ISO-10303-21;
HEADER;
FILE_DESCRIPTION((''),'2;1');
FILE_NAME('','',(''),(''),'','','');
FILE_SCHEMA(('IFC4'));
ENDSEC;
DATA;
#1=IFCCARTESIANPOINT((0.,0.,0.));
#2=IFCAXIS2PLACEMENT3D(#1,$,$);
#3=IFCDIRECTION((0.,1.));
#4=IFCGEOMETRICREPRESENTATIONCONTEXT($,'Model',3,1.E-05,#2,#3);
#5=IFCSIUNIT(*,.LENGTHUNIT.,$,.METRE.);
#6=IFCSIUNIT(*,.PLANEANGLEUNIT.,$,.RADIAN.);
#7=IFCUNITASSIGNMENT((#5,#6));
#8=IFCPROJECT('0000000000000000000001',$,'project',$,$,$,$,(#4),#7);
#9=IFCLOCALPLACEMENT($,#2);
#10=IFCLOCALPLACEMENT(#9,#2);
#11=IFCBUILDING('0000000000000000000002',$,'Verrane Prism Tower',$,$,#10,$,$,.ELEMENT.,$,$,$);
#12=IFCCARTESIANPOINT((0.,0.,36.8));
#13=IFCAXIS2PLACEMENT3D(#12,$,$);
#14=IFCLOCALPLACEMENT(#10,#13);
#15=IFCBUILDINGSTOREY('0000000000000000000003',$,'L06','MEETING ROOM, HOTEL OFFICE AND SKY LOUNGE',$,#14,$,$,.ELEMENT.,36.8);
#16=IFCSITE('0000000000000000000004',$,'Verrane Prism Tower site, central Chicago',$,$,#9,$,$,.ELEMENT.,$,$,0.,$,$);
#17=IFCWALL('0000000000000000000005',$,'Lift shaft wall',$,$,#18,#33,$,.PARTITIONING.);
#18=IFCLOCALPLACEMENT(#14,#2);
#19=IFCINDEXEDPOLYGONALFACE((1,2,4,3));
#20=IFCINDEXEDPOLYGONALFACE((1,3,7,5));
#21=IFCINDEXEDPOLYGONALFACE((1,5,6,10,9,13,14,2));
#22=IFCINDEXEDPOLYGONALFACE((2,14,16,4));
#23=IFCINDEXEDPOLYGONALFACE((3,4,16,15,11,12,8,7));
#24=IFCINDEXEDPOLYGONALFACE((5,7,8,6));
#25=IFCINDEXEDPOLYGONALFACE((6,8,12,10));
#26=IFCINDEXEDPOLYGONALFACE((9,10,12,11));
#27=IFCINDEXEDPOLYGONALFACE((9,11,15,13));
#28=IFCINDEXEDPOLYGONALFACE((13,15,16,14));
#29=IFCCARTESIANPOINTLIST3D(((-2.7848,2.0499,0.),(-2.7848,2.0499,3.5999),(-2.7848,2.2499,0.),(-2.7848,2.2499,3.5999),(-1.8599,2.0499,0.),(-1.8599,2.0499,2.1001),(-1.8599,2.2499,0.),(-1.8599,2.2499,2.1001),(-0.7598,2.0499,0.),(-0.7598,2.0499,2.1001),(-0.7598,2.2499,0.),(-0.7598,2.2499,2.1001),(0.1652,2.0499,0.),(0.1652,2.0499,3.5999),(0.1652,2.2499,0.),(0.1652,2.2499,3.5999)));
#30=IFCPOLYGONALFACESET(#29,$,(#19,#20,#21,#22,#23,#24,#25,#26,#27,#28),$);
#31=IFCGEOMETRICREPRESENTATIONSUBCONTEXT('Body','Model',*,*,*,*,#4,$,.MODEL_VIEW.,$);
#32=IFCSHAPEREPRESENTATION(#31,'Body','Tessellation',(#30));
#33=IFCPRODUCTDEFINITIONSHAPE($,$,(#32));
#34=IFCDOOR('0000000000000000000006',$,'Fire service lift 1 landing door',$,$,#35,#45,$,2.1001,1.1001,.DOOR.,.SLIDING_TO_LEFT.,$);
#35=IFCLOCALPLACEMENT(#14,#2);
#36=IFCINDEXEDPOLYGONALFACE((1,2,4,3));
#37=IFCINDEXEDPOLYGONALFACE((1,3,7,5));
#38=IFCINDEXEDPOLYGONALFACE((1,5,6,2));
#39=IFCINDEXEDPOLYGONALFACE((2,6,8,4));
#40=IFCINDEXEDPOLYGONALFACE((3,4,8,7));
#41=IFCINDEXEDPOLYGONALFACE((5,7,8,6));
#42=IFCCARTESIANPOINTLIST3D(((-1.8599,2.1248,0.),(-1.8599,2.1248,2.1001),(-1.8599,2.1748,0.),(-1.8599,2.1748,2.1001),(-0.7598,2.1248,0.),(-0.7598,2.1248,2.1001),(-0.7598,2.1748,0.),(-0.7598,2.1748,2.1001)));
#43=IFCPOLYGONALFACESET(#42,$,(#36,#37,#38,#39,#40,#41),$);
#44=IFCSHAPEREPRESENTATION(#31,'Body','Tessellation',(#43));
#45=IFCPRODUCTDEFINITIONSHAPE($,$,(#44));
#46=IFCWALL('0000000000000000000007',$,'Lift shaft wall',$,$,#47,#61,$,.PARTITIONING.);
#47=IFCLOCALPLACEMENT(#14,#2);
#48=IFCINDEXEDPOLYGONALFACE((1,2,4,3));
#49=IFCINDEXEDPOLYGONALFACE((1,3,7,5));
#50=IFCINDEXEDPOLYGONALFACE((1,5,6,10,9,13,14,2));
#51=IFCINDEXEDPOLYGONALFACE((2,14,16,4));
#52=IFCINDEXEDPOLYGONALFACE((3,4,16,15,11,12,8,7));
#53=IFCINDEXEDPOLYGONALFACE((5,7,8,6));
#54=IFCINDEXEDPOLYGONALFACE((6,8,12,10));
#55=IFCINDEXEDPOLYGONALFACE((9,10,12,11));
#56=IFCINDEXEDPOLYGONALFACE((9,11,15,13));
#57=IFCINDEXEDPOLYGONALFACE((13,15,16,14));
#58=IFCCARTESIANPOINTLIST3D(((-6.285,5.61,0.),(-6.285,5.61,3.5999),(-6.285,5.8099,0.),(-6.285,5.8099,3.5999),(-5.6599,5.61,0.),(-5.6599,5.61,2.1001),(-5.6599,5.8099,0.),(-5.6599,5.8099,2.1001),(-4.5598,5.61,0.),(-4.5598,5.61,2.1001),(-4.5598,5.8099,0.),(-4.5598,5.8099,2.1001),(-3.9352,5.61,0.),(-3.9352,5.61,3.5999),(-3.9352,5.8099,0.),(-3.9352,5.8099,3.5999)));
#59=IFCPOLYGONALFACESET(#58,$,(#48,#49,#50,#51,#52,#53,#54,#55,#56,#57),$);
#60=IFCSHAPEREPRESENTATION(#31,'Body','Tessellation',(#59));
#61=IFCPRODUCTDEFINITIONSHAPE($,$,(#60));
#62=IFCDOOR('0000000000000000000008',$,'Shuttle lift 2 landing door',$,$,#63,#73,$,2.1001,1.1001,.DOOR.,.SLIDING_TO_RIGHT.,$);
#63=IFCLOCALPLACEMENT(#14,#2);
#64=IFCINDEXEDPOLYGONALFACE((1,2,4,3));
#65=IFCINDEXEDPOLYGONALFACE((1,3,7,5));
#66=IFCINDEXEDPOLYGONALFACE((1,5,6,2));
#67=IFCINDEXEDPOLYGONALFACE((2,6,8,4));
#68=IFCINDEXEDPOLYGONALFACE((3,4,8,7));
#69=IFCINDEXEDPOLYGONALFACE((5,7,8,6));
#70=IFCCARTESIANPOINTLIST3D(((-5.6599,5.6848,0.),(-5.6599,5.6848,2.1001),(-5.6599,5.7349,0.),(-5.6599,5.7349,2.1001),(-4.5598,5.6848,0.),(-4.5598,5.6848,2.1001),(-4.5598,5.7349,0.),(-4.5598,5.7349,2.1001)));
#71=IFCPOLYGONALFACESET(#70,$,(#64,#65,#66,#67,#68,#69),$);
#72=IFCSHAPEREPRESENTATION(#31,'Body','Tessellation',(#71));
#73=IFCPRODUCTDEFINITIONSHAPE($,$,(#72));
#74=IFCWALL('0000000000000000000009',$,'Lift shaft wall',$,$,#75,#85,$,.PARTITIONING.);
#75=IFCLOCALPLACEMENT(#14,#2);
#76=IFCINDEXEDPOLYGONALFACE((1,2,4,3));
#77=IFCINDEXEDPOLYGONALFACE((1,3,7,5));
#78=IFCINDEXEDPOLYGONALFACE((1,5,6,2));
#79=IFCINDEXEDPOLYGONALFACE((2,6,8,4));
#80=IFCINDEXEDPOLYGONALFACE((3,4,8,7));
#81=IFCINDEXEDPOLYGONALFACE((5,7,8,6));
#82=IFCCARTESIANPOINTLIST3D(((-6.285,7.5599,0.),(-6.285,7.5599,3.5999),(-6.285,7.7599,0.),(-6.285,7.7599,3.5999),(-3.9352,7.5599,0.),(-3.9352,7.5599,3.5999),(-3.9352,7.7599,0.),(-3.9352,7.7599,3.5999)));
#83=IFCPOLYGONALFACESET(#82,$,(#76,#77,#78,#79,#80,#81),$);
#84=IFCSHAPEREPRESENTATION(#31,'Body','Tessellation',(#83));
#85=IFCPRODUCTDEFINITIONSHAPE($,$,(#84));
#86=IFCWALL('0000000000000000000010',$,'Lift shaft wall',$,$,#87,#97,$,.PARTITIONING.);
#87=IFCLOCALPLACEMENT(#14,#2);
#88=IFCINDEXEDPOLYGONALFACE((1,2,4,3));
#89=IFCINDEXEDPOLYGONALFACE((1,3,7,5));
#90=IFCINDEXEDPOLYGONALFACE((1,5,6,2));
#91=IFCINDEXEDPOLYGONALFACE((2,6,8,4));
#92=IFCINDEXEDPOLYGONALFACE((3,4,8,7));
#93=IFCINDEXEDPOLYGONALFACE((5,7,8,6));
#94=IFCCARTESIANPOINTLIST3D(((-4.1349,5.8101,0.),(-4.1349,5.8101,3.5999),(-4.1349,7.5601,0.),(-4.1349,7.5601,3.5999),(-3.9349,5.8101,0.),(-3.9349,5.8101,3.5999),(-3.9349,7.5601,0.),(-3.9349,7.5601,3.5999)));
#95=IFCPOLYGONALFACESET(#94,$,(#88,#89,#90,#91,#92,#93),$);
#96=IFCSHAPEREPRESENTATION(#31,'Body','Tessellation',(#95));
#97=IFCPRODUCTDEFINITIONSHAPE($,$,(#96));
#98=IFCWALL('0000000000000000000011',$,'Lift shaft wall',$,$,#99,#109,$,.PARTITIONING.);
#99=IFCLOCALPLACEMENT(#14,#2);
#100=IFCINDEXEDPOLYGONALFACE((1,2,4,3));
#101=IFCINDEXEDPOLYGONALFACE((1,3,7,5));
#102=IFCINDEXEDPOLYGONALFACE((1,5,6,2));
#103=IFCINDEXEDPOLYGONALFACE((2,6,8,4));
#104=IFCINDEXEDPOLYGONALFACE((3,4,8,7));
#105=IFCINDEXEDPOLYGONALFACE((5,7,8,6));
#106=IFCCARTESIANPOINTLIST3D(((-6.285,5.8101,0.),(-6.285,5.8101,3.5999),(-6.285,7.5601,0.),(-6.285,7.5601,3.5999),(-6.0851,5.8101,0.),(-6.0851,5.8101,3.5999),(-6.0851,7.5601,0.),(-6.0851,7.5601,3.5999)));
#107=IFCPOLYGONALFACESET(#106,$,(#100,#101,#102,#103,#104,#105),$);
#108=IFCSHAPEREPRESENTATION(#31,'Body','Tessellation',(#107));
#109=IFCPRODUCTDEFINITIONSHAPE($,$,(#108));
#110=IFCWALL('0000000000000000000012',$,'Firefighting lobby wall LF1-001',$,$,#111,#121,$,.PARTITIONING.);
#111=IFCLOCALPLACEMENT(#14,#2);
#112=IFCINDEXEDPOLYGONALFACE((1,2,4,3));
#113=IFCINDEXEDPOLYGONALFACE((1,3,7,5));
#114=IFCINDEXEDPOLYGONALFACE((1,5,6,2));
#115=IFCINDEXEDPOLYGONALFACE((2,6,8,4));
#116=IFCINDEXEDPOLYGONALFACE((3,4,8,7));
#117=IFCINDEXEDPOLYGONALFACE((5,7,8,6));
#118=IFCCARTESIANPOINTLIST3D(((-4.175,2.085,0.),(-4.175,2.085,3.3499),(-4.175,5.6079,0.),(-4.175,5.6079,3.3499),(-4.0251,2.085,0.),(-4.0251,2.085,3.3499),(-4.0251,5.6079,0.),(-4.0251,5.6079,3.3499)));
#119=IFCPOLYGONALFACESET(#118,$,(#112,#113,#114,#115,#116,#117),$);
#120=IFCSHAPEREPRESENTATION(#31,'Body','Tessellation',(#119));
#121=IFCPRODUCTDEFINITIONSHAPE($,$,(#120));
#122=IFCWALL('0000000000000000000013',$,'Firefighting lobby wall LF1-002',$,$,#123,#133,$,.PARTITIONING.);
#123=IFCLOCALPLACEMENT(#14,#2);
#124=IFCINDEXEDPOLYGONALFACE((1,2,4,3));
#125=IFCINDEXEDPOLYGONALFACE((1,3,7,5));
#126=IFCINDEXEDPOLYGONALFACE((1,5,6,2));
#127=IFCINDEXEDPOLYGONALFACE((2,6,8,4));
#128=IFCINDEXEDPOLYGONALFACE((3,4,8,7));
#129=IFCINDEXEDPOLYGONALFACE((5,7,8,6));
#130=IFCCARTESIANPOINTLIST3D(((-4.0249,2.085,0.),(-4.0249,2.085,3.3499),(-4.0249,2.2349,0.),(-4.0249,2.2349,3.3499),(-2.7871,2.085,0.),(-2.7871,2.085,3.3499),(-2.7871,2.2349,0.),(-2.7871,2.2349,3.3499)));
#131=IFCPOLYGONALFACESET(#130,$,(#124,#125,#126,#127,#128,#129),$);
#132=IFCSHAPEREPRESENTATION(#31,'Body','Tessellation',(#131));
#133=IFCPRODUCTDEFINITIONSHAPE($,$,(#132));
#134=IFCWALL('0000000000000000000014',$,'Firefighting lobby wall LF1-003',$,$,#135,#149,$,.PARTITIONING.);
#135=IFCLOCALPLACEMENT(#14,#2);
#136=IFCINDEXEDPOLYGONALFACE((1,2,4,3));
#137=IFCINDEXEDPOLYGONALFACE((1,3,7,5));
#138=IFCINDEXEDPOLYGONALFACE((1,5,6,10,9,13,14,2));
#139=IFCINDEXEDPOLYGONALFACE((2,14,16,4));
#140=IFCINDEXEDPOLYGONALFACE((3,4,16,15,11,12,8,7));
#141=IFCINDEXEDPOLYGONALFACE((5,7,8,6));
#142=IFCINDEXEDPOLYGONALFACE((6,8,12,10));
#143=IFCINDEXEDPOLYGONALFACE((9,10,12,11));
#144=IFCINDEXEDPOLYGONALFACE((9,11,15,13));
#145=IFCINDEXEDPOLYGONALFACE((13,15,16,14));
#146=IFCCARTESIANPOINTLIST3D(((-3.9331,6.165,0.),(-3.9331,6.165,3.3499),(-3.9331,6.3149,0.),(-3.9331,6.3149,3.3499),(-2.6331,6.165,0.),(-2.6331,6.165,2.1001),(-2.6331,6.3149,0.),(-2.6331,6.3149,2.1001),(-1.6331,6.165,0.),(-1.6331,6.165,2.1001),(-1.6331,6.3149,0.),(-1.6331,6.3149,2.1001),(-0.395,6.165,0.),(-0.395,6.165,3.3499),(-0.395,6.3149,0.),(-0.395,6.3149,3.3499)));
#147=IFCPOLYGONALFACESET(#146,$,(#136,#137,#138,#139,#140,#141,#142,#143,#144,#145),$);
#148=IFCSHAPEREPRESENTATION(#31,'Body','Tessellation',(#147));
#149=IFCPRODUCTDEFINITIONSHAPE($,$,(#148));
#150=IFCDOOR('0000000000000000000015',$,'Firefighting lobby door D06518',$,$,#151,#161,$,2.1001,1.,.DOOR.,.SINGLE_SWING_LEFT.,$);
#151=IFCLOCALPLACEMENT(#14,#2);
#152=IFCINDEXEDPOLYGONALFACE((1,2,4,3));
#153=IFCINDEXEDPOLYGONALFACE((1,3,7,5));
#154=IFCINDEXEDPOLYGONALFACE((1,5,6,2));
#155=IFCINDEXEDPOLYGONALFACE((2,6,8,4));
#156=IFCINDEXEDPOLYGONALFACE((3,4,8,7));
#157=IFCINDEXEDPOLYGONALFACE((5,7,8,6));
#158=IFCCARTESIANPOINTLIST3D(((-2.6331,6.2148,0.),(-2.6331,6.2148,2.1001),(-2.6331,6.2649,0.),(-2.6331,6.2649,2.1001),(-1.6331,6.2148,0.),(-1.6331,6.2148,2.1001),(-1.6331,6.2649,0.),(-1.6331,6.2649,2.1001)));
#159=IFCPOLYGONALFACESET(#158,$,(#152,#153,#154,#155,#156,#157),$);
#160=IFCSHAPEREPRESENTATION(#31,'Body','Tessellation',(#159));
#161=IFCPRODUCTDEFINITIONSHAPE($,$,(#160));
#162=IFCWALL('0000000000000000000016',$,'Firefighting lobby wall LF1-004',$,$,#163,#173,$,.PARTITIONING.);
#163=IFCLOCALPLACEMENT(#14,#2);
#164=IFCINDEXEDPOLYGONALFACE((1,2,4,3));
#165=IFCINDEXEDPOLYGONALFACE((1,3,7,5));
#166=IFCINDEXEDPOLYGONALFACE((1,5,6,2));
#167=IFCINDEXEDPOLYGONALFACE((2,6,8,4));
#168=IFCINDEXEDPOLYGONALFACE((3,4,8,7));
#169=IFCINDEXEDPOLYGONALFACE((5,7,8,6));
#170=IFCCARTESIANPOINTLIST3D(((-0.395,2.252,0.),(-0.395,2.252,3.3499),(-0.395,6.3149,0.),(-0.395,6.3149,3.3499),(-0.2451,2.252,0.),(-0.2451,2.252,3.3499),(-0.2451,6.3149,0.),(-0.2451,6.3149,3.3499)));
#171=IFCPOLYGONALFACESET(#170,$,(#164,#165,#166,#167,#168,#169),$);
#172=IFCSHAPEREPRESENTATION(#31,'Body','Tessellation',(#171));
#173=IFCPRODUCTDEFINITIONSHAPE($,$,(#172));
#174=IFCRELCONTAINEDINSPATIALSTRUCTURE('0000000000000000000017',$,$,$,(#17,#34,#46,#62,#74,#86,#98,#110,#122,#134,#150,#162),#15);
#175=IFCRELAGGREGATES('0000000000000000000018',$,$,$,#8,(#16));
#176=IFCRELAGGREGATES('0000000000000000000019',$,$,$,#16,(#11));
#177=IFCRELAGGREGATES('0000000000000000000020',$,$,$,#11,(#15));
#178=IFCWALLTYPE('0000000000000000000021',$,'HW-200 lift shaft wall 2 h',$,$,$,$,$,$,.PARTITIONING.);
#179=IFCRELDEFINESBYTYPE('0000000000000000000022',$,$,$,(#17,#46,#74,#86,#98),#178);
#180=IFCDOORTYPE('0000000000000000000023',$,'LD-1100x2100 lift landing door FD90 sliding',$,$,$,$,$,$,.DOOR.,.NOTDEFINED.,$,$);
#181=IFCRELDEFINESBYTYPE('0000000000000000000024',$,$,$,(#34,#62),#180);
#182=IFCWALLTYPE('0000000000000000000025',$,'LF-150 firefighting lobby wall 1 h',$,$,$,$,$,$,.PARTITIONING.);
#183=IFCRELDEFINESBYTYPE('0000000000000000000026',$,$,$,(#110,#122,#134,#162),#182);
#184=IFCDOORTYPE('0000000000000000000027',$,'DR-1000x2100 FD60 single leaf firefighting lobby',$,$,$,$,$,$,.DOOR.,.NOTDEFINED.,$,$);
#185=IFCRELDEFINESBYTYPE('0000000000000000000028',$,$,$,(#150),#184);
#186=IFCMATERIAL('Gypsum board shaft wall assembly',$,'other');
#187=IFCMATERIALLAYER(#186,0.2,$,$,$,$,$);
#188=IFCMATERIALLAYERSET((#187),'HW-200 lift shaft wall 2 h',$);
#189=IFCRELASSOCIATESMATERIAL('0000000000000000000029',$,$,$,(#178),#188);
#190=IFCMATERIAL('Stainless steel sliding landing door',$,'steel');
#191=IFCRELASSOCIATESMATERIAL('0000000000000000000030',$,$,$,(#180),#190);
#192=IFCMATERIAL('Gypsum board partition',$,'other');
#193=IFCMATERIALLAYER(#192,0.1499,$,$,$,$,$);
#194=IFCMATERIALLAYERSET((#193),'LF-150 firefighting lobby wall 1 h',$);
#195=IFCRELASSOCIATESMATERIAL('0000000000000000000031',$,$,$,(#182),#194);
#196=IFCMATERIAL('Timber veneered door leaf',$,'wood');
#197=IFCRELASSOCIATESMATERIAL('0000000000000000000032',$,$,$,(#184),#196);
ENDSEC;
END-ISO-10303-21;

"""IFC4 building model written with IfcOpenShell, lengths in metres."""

from ifc_helpers import new_model, si_unit, direction, frame, frame_2d, origin, place, context, subcontext, project, spatial, rectangle, extrude, material, layer, layer_set, type_object, element, fill, save


model = new_model("IFC4")

# Units and contexts
model_context = context("Model", 3, precision=1e-05, world=origin(), true_north=direction((0.0, 1.0)))
body_context = subcontext(model_context, "Body", "Model", "MODEL_VIEW")
ifc_project = project(units=[si_unit("LENGTHUNIT", "METRE"), si_unit("PLANEANGLEUNIT", "RADIAN")], contexts=[model_context])

# Site, building, storey
site_placement = place(None, origin())
site = spatial("IfcSite", under=ifc_project, at=site_placement, Name="Verrane Prism Tower site, central Chicago", CompositionType="ELEMENT", RefElevation=0.0)
building_placement = place(site_placement, origin())
building = spatial("IfcBuilding", under=site, at=building_placement, Name="Verrane Prism Tower", CompositionType="ELEMENT")
storey_placement = place(building_placement, frame((0.0, 0.0, 36.8)))
storey = spatial("IfcBuildingStorey", under=building, at=storey_placement, Name="L06", Description="MEETING ROOM, HOTEL OFFICE AND SKY LOUNGE", CompositionType="ELEMENT", Elevation=36.8)

# Walls, openings, doors
ifc_material_1 = material(Name="Gypsum board shaft wall assembly", Category="other")
ifc_layer_1 = layer(ifc_material_1, 0.2)
ifc_layer_set_1 = layer_set([ifc_layer_1], Name="HW-200 lift shaft wall 2 h")
wall_type_1 = type_object("IfcWallType", Name="HW-200 lift shaft wall 2 h", PredefinedType="PARTITIONING", material=ifc_layer_set_1)
wall_1_placement = place(storey_placement, frame((-2.7849, 2.1499, 0.0), z_axis=(0.0, 0.0, 1.0), x_axis=(1.0, 0.0, 0.0)))
wall_1 = element("IfcWall", 1, at=wall_1_placement, inside=storey, type_object=wall_type_1, Name="Lift shaft wall", PredefinedType="PARTITIONING", context=body_context, shape_type="SweptSolid", body=[
    extrude(rectangle(XDim=2.95, YDim=0.2, at=frame_2d((1.4751, 0.0))), origin(), (0.0, 0.0, 1.0), 3.5999),
])
opening_1_placement = place(wall_1_placement, frame((0.925, 0.0, 0.0)))
opening_1 = element("IfcOpeningElement", 2, at=opening_1_placement, cuts=wall_1, PredefinedType="OPENING", context=body_context, shape_type="SweptSolid", body=[
    extrude(rectangle(XDim=1.1001, YDim=2.1001, at=frame_2d((0.55, 1.05))), frame((0.0, 0.1099, 0.0), z_axis=(0.0, -1.0, 0.0), x_axis=(1.0, 0.0, 0.0)), (0.0, 0.0, 1.0), 0.22),
])
ifc_material_2 = material(Name="Stainless steel sliding landing door", Category="steel")
door_type_1 = type_object("IfcDoorType", Name="LD-1100x2100 lift landing door FD90 sliding", OperationType="NOTDEFINED", PredefinedType="DOOR", material=ifc_material_2)
door_1_placement = place(opening_1_placement, origin())
door_1 = element("IfcDoor", 3, at=door_1_placement, inside=storey, type_object=door_type_1, Name="Fire service lift 1 landing door", OperationType="SLIDING_TO_LEFT", OverallHeight=2.1001, OverallWidth=1.1001, PredefinedType="DOOR", context=body_context, shape_type="SweptSolid", body=[
    extrude(rectangle(XDim=1.1001, YDim=2.1001, at=frame_2d((0.55, 1.05))), frame((0.0, 0.0249, 0.0), z_axis=(0.0, -1.0, 0.0), x_axis=(1.0, 0.0, 0.0)), (0.0, 0.0, 1.0), 0.05),
])
fill(opening_1, door_1)
wall_2_placement = place(storey_placement, frame((-6.2849, 5.71, 0.0), z_axis=(0.0, 0.0, 1.0), x_axis=(1.0, 0.0, 0.0)))
wall_2 = element("IfcWall", 4, at=wall_2_placement, inside=storey, type_object=wall_type_1, Name="Lift shaft wall", PredefinedType="PARTITIONING", context=body_context, shape_type="SweptSolid", body=[
    extrude(rectangle(XDim=2.3499, YDim=0.2, at=frame_2d((1.1748, 0.0))), origin(), (0.0, 0.0, 1.0), 3.5999),
])
opening_2_placement = place(wall_2_placement, frame((0.625, 0.0, 0.0)))
opening_2 = element("IfcOpeningElement", 5, at=opening_2_placement, cuts=wall_2, PredefinedType="OPENING", context=body_context, shape_type="SweptSolid", body=[
    extrude(rectangle(XDim=1.1001, YDim=2.1001, at=frame_2d((0.55, 1.05))), frame((0.0, 0.1099, 0.0), z_axis=(0.0, -1.0, 0.0), x_axis=(1.0, 0.0, 0.0)), (0.0, 0.0, 1.0), 0.22),
])
door_2_placement = place(opening_2_placement, origin())
door_2 = element("IfcDoor", 6, at=door_2_placement, inside=storey, type_object=door_type_1, Name="Shuttle lift 2 landing door", OperationType="SLIDING_TO_RIGHT", OverallHeight=2.1001, OverallWidth=1.1001, PredefinedType="DOOR", context=body_context, shape_type="SweptSolid", body=[
    extrude(rectangle(XDim=1.1001, YDim=2.1001, at=frame_2d((0.55, 1.05))), frame((0.0, 0.0249, 0.0), z_axis=(0.0, -1.0, 0.0), x_axis=(1.0, 0.0, 0.0)), (0.0, 0.0, 1.0), 0.05),
])
fill(opening_2, door_2)

# Walls
wall_3_placement = place(storey_placement, frame((-6.2849, 7.6599, 0.0), z_axis=(0.0, 0.0, 1.0), x_axis=(1.0, 0.0, 0.0)))
element("IfcWall", 7, at=wall_3_placement, inside=storey, type_object=wall_type_1, Name="Lift shaft wall", PredefinedType="PARTITIONING", context=body_context, shape_type="SweptSolid", body=[
    extrude(rectangle(XDim=2.3499, YDim=0.2, at=frame_2d((1.1748, 0.0))), origin(), (0.0, 0.0, 1.0), 3.5999),
])
for number, where, z_axis, x_axis, name in (
    (8, (-4.0349, 5.8101, 0.0), (0.0, 0.0, 1.0), (0.0, 1.0, 0.0), "Lift shaft wall"),
    (9, (-6.1851, 5.8101, 0.0), (0.0, 0.0, 1.0), (0.0, 1.0, 0.0), "Lift shaft wall"),
):
    element("IfcWall", number, at=place(storey_placement, frame(where, z_axis=z_axis, x_axis=x_axis)), inside=storey, type_object=wall_type_1, Name=name, PredefinedType="PARTITIONING", context=body_context, shape_type="SweptSolid", body=[
        extrude(rectangle(XDim=1.75, YDim=0.2, at=frame_2d((0.875, 0.0))), origin(), (0.0, 0.0, 1.0), 3.5999),
    ])
ifc_material_3 = material(Name="Gypsum board partition", Category="other")
ifc_layer_2 = layer(ifc_material_3, 0.1499)
ifc_layer_set_2 = layer_set([ifc_layer_2], Name="LF-150 firefighting lobby wall 1 h")
wall_type_2 = type_object("IfcWallType", Name="LF-150 firefighting lobby wall 1 h", PredefinedType="PARTITIONING", material=ifc_layer_set_2)
wall_4_placement = place(storey_placement, frame((-4.1001, 2.085, 0.0), z_axis=(0.0, 0.0, 1.0), x_axis=(0.0, 1.0, 0.0)))
element("IfcWall", 10, at=wall_4_placement, inside=storey, type_object=wall_type_2, Name="Firefighting lobby wall LF1-001", PredefinedType="PARTITIONING", context=body_context, shape_type="SweptSolid", body=[
    extrude(rectangle(XDim=3.5229, YDim=0.1499, at=frame_2d((1.7615, 0.0))), origin(), (0.0, 0.0, 1.0), 3.3499),
])
wall_5_placement = place(storey_placement, frame((-4.0249, 2.1599, 0.0), z_axis=(0.0, 0.0, 1.0), x_axis=(1.0, 0.0, 0.0)))
element("IfcWall", 11, at=wall_5_placement, inside=storey, type_object=wall_type_2, Name="Firefighting lobby wall LF1-002", PredefinedType="PARTITIONING", context=body_context, shape_type="SweptSolid", body=[
    extrude(rectangle(XDim=1.2378, YDim=0.1499, at=frame_2d((0.6189, 0.0))), origin(), (0.0, 0.0, 1.0), 3.3499),
])

# Wall, opening, door
wall_6_placement = place(storey_placement, frame((-3.9331, 6.24, 0.0), z_axis=(0.0, 0.0, 1.0), x_axis=(1.0, 0.0, 0.0)))
wall_6 = element("IfcWall", 12, at=wall_6_placement, inside=storey, type_object=wall_type_2, Name="Firefighting lobby wall LF1-003", PredefinedType="PARTITIONING", context=body_context, shape_type="SweptSolid", body=[
    extrude(rectangle(XDim=3.5381, YDim=0.1499, at=frame_2d((1.769, 0.0))), origin(), (0.0, 0.0, 1.0), 3.3499),
])
opening_3_placement = place(wall_6_placement, frame((1.3, 0.0, 0.0)))
opening_3 = element("IfcOpeningElement", 13, at=opening_3_placement, cuts=wall_6, PredefinedType="OPENING", context=body_context, shape_type="SweptSolid", body=[
    extrude(rectangle(XDim=1.0, YDim=2.1001, at=frame_2d((0.5, 1.05))), frame((0.0, 0.085, 0.0), z_axis=(0.0, -1.0, 0.0), x_axis=(1.0, 0.0, 0.0)), (0.0, 0.0, 1.0), 0.1699),
])
ifc_material_4 = material(Name="Timber veneered door leaf", Category="wood")
door_type_2 = type_object("IfcDoorType", Name="DR-1000x2100 FD60 single leaf firefighting lobby", OperationType="NOTDEFINED", PredefinedType="DOOR", material=ifc_material_4)
door_3_placement = place(opening_3_placement, origin())
door_3 = element("IfcDoor", 14, at=door_3_placement, inside=storey, type_object=door_type_2, Name="Firefighting lobby door D06518", OperationType="SINGLE_SWING_LEFT", OverallHeight=2.1001, OverallWidth=1.0, PredefinedType="DOOR", context=body_context, shape_type="SweptSolid", body=[
    extrude(rectangle(XDim=1.0, YDim=2.1001, at=frame_2d((0.5, 1.05))), frame((0.0, 0.0249, 0.0), z_axis=(0.0, -1.0, 0.0), x_axis=(1.0, 0.0, 0.0)), (0.0, 0.0, 1.0), 0.05),
])
fill(opening_3, door_3)

# Wall
wall_7_placement = place(storey_placement, frame((-0.3201, 2.252, 0.0), z_axis=(0.0, 0.0, 1.0), x_axis=(0.0, 1.0, 0.0)))
element("IfcWall", 15, at=wall_7_placement, inside=storey, type_object=wall_type_2, Name="Firefighting lobby wall LF1-004", PredefinedType="PARTITIONING", context=body_context, shape_type="SweptSolid", body=[
    extrude(rectangle(XDim=4.063, YDim=0.1499, at=frame_2d((2.0315, 0.0))), origin(), (0.0, 0.0, 1.0), 3.3499),
])

save(model, "model.ifc")
